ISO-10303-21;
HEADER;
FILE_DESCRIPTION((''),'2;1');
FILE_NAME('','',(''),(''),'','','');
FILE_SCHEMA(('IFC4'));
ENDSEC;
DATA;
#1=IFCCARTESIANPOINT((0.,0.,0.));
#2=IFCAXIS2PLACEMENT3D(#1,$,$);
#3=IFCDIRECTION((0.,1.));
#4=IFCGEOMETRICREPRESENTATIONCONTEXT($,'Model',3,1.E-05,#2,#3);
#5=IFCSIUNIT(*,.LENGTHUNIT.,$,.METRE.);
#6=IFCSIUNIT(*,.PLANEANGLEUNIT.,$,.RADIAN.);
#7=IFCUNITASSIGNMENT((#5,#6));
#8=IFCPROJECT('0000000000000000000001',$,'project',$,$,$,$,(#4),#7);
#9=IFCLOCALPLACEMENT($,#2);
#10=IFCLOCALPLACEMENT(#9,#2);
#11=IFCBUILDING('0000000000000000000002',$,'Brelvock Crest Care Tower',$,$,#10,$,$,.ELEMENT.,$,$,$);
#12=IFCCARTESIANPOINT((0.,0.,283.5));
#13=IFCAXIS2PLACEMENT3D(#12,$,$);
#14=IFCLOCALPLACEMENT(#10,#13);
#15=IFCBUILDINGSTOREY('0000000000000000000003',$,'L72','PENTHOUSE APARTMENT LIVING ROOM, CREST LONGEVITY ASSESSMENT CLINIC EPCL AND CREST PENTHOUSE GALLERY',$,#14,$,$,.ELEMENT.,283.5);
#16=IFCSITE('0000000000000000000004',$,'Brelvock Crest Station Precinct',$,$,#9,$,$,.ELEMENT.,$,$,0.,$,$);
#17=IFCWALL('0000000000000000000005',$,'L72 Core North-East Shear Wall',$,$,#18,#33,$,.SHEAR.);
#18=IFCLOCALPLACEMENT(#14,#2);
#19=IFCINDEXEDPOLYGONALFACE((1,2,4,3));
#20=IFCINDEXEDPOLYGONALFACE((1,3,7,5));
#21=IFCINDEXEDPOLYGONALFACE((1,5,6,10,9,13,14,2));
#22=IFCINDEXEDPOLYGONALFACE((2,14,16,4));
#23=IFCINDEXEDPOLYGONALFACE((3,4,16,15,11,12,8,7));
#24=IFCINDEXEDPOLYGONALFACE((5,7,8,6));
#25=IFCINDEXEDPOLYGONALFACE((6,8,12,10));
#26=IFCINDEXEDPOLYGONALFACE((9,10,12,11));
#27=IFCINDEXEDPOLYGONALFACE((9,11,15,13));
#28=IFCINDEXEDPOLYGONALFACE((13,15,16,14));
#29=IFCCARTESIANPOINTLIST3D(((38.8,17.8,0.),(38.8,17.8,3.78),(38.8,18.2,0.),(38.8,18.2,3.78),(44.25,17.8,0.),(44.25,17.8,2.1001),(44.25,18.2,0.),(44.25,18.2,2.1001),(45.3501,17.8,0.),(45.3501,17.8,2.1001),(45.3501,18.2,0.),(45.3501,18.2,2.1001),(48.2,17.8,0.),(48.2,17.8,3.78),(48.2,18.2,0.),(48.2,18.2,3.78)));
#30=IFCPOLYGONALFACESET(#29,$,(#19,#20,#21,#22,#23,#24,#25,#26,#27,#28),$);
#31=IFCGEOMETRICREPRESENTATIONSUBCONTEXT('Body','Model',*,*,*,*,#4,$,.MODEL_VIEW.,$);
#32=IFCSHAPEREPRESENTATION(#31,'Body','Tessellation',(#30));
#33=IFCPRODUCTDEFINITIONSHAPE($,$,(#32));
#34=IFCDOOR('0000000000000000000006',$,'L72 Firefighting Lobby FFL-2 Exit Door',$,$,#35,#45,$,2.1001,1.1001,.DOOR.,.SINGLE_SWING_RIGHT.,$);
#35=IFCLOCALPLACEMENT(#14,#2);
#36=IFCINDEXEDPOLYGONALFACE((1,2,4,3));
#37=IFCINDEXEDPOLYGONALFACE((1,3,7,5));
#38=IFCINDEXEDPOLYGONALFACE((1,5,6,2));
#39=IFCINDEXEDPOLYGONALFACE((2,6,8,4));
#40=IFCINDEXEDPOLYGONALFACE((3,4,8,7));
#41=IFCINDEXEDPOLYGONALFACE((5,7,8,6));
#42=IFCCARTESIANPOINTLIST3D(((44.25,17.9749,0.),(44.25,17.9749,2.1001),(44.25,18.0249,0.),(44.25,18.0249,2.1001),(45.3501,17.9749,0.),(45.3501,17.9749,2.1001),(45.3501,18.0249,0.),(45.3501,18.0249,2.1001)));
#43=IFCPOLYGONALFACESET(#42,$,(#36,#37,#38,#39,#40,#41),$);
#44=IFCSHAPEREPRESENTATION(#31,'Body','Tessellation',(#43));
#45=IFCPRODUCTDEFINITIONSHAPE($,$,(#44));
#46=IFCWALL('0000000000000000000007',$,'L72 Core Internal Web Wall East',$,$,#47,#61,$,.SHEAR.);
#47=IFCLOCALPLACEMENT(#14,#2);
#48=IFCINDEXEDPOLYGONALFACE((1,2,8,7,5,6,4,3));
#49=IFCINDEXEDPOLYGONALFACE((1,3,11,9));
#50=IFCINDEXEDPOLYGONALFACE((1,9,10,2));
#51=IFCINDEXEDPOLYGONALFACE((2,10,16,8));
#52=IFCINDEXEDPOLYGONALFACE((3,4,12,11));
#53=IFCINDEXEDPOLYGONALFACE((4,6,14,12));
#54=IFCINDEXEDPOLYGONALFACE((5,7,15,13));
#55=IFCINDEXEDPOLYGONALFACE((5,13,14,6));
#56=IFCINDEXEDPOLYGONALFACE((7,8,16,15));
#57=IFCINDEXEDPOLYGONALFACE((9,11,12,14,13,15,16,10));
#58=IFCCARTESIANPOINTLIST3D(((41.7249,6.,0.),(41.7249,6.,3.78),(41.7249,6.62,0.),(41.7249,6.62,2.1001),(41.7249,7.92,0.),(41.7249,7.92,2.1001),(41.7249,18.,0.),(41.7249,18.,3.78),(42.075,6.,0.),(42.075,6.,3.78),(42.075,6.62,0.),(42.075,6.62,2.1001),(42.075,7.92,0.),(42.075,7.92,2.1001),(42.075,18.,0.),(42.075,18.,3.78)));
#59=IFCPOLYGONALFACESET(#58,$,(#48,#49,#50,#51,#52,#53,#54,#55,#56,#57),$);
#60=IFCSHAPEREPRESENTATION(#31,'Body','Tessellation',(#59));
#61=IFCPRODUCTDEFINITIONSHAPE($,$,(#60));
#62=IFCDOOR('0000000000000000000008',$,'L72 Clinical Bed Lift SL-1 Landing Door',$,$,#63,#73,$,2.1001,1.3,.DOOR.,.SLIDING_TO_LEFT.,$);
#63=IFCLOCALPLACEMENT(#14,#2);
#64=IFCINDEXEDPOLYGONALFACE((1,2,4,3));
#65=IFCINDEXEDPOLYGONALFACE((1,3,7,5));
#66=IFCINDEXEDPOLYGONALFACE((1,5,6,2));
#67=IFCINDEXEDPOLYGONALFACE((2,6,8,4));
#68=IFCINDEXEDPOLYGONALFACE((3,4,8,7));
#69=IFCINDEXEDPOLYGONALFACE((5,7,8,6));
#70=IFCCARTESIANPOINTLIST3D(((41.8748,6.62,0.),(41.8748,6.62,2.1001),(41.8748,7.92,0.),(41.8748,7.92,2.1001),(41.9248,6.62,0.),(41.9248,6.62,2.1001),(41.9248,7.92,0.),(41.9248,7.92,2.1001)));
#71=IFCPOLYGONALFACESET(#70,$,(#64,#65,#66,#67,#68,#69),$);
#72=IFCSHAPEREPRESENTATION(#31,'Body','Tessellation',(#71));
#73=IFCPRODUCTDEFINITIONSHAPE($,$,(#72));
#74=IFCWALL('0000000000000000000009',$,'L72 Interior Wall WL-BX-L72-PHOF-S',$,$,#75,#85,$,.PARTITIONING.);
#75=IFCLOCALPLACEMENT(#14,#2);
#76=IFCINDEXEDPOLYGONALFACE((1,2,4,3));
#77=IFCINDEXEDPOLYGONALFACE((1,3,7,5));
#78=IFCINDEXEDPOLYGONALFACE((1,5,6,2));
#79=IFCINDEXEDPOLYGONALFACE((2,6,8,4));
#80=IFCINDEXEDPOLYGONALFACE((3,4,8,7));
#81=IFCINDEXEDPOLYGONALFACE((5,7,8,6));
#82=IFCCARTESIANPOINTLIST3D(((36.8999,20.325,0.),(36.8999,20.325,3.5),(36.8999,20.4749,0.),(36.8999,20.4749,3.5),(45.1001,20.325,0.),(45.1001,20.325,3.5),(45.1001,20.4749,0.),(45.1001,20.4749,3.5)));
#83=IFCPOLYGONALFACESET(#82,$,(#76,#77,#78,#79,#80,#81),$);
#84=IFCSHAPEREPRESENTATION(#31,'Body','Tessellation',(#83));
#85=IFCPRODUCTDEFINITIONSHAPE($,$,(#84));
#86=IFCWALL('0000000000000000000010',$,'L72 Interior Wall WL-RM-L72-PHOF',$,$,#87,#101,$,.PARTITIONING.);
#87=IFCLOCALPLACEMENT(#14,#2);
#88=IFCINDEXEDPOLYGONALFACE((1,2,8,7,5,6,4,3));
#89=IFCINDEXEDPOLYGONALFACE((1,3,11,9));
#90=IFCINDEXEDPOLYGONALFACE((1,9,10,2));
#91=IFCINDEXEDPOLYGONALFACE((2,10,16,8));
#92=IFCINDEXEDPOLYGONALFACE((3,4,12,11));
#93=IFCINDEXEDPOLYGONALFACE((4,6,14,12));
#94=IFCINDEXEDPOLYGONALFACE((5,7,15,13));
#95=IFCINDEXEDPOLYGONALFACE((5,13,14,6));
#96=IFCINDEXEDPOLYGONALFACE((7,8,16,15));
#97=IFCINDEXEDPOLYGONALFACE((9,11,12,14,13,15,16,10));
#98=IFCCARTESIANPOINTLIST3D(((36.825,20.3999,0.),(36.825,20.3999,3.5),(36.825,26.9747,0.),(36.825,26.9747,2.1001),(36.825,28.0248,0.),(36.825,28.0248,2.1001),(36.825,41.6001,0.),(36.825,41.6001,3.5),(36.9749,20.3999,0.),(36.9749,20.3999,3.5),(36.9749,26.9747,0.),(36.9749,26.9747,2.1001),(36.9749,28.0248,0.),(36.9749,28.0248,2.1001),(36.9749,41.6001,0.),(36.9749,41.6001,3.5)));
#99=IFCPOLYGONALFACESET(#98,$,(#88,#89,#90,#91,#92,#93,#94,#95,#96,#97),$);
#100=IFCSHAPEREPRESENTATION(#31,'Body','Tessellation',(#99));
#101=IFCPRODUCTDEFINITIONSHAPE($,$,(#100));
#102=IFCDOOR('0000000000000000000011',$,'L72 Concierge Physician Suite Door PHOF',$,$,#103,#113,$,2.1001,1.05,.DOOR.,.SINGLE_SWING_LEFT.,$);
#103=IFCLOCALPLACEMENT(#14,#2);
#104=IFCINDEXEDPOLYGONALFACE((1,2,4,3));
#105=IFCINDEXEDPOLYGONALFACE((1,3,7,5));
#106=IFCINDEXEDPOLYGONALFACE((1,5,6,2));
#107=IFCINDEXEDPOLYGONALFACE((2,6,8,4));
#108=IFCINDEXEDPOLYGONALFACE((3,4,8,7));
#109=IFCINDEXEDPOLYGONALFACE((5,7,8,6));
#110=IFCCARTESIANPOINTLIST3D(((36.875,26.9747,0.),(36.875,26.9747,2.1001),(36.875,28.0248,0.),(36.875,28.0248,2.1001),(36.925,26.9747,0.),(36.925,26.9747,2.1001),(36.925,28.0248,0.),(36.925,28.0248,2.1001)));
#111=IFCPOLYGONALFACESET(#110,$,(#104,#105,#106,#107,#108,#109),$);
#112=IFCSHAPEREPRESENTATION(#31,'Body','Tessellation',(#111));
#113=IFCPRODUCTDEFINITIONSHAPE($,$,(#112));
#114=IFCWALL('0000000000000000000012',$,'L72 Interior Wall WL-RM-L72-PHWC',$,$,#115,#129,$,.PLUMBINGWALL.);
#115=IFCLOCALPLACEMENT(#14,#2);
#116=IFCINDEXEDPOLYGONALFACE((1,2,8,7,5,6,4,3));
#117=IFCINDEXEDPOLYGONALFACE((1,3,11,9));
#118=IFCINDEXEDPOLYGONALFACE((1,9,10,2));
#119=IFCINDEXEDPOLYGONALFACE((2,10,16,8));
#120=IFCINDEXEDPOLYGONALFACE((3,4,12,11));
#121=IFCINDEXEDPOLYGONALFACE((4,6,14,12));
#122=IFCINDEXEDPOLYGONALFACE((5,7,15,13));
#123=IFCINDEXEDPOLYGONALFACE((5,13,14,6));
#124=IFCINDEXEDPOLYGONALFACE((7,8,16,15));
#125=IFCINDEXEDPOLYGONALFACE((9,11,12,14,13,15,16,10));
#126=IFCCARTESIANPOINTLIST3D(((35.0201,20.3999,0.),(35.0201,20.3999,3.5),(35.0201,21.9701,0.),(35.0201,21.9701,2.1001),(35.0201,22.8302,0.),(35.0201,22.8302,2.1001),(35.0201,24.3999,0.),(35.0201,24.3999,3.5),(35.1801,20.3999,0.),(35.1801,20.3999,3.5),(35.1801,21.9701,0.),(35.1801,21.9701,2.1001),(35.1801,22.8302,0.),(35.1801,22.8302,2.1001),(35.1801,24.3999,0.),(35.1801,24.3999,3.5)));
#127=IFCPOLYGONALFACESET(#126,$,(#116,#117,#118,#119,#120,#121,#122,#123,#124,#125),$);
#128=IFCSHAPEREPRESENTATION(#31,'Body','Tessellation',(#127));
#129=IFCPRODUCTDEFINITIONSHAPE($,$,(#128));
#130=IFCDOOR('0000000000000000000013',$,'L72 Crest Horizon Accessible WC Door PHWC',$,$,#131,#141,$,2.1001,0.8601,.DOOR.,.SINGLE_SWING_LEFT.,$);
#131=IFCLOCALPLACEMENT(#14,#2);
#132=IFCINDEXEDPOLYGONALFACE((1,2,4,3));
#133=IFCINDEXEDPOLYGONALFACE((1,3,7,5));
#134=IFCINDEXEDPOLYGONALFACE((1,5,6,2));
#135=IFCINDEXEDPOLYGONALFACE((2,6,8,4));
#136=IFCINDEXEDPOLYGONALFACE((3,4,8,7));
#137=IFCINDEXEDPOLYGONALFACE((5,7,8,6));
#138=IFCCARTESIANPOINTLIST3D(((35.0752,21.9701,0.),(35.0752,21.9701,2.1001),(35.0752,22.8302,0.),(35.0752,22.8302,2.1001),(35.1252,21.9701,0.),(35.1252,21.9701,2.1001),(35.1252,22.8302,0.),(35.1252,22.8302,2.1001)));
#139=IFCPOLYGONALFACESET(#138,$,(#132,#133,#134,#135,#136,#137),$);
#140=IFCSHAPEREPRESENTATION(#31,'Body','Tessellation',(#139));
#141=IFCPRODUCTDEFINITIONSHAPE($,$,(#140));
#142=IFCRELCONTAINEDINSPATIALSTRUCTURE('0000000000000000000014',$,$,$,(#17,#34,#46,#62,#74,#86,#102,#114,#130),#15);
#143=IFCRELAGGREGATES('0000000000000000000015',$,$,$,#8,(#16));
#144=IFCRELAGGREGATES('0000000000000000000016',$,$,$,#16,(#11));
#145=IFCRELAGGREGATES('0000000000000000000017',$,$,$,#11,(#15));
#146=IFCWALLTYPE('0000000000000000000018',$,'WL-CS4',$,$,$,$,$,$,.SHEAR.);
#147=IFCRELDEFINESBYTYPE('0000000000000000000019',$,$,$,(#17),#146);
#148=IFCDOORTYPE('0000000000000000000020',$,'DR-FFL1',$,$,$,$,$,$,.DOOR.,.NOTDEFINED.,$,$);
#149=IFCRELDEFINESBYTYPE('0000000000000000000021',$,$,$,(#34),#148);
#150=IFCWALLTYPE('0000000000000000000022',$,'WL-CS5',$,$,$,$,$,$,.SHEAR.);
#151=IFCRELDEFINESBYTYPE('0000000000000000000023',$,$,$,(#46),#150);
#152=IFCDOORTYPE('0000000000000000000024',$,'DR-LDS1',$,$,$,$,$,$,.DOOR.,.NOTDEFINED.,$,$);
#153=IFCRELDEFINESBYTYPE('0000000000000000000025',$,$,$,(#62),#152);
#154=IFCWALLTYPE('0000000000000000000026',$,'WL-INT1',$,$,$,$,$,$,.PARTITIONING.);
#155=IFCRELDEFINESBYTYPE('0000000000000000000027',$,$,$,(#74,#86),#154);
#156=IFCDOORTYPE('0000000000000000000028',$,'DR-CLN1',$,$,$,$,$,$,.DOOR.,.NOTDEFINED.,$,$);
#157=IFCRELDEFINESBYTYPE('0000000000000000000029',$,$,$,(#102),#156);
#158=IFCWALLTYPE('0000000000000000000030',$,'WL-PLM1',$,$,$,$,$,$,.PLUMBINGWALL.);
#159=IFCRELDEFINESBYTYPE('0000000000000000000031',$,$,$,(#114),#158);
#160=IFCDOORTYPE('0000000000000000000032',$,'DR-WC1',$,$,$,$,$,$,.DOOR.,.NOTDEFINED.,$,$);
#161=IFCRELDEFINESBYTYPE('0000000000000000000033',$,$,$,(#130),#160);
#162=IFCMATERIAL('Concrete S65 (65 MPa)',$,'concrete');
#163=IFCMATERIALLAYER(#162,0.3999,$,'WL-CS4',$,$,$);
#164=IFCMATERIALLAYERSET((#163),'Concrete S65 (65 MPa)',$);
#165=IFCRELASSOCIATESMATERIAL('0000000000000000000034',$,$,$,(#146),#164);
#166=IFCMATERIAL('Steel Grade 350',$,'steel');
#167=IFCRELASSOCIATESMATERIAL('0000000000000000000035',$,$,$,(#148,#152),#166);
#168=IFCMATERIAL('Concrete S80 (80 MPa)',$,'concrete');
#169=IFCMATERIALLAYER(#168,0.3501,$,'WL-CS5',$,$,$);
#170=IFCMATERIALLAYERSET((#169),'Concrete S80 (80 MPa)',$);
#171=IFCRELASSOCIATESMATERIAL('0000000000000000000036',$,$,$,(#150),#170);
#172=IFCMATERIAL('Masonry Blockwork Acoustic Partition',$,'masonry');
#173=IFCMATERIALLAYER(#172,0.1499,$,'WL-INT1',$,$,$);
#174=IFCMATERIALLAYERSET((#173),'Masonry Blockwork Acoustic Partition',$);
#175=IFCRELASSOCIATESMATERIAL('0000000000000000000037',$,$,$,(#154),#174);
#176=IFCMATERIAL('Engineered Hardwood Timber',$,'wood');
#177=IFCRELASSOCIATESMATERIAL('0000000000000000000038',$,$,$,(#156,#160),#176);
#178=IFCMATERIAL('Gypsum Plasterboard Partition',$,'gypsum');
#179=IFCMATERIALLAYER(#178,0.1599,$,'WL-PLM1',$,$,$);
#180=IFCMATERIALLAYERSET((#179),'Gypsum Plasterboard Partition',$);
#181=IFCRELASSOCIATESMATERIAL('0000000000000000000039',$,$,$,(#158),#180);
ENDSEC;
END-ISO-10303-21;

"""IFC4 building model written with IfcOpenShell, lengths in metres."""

from ifc_helpers import new_model, si_unit, direction, frame, frame_2d, origin, origin_2d, place, context, subcontext, project, spatial, rectangle, extrude, source, transform, mapped, material, layer, layer_set, type_object, element, fill, save


model = new_model("IFC4")

# Units and contexts
model_context = context("Model", 3, precision=1e-05, world=origin(), true_north=direction((0.0, 1.0)))
body_context = subcontext(model_context, "Body", "Model", "MODEL_VIEW")
ifc_project = project(units=[si_unit("LENGTHUNIT", "METRE"), si_unit("PLANEANGLEUNIT", "RADIAN")], contexts=[model_context])

# Site, building, storey
site_placement = place(None, origin())
site = spatial("IfcSite", under=ifc_project, at=site_placement, Name="Brelvock Crest Station Precinct", CompositionType="ELEMENT", RefElevation=0.0)
building_placement = place(site_placement, origin())
building = spatial("IfcBuilding", under=site, at=building_placement, Name="Brelvock Crest Care Tower", CompositionType="ELEMENT")
storey_placement = place(building_placement, frame((0.0, 0.0, 283.5)))
storey = spatial("IfcBuildingStorey", under=building, at=storey_placement, Name="L72", Description="PENTHOUSE APARTMENT LIVING ROOM, CREST LONGEVITY ASSESSMENT CLINIC EPCL AND CREST PENTHOUSE GALLERY", CompositionType="ELEMENT", Elevation=283.5)

# Shared definitions
ifc_material_1 = material(Name="Concrete S65 (65 MPa)", Category="concrete")

# Shared definitions
ifc_material_2 = material(Name="Steel Grade 350", Category="steel")

# Walls, openings, doors
ifc_layer_1 = layer(ifc_material_1, 0.3999, Name="WL-CS4")
ifc_layer_set_1 = layer_set([ifc_layer_1], Name="Concrete S65 (65 MPa)")
wall_type_1 = type_object("IfcWallType", Name="WL-CS4", PredefinedType="SHEAR", material=ifc_layer_set_1)
wall_1_placement = place(storey_placement, frame((38.8, 18.0, 0.0), z_axis=(0.0, 0.0, 1.0), x_axis=(1.0, 0.0, 0.0)))
wall_1 = element("IfcWall", 1, at=wall_1_placement, inside=storey, type_object=wall_type_1, Name="L72 Core North-East Shear Wall", PredefinedType="SHEAR", context=body_context, shape_type="SweptSolid", body=[
    extrude(rectangle(XDim=9.3999, YDim=0.3999, at=frame_2d((4.7, 0.0))), origin(), (0.0, 0.0, 1.0), 3.78),
])
opening_1_placement = place(wall_1_placement, frame((5.45, 0.0, 0.0)))
opening_1 = element("IfcOpeningElement", 2, at=opening_1_placement, cuts=wall_1, PredefinedType="OPENING", context=body_context, shape_type="SweptSolid", body=[
    extrude(rectangle(XDim=1.1001, YDim=2.1001, at=origin_2d()), frame((0.55, 0.21, 1.05), z_axis=(0.0, -1.0, 0.0), x_axis=(1.0, 0.0, 0.0)), (0.0, 0.0, 1.0), 0.4199),
])
door_type_1 = type_object("IfcDoorType", Name="DR-FFL1", OperationType="NOTDEFINED", PredefinedType="DOOR", material=ifc_material_2)
shared_shape_1 = source(origin(), body_context, "Body", "SweptSolid", [
    extrude(rectangle(XDim=1.1001, YDim=2.1001, at=origin_2d()), frame((0.55, 0.0249, 1.05), z_axis=(0.0, -1.0, 0.0), x_axis=(1.0, 0.0, 0.0)), (0.0, 0.0, 1.0), 0.05),
])
door_1_placement = place(opening_1_placement, origin())
door_1 = element("IfcDoor", 3, at=door_1_placement, inside=storey, type_object=door_type_1, Name="L72 Firefighting Lobby FFL-2 Exit Door", OperationType="SINGLE_SWING_RIGHT", OverallHeight=2.1001, OverallWidth=1.1001, PredefinedType="DOOR", context=body_context, shape_type="MappedRepresentation", body=[
    mapped(shared_shape_1, transform((0.0, 0.0, 0.0), x_axis=(1.0, 0.0, 0.0), y_axis=(0.0, 1.0, 0.0), z_axis=(0.0, 0.0, 1.0), scale=1.0)),
])
fill(opening_1, door_1)
ifc_material_3 = material(Name="Concrete S80 (80 MPa)", Category="concrete")
ifc_layer_2 = layer(ifc_material_3, 0.3501, Name="WL-CS5")
ifc_layer_set_2 = layer_set([ifc_layer_2], Name="Concrete S80 (80 MPa)")
wall_type_2 = type_object("IfcWallType", Name="WL-CS5", PredefinedType="SHEAR", material=ifc_layer_set_2)
wall_2_placement = place(storey_placement, frame((41.8999, 18.0, 0.0), z_axis=(0.0, 0.0, 1.0), x_axis=(0.0, -1.0, 0.0)))
wall_2 = element("IfcWall", 4, at=wall_2_placement, inside=storey, type_object=wall_type_2, Name="L72 Core Internal Web Wall East", PredefinedType="SHEAR", context=body_context, shape_type="SweptSolid", body=[
    extrude(rectangle(XDim=12.0, YDim=0.3501, at=frame_2d((6.0, 0.0))), origin(), (0.0, 0.0, 1.0), 3.78),
])
opening_2_placement = place(wall_2_placement, frame((10.0801, 0.0, 0.0)))
opening_2 = element("IfcOpeningElement", 5, at=opening_2_placement, cuts=wall_2, PredefinedType="OPENING", context=body_context, shape_type="SweptSolid", body=[
    extrude(rectangle(XDim=1.3, YDim=2.1001, at=origin_2d()), frame((0.6499, 0.1851, 1.05), z_axis=(0.0, -1.0, 0.0), x_axis=(1.0, 0.0, 0.0)), (0.0, 0.0, 1.0), 0.3701),
])
door_type_2 = type_object("IfcDoorType", Name="DR-LDS1", OperationType="NOTDEFINED", PredefinedType="DOOR", material=ifc_material_2)
shared_shape_2 = source(origin(), body_context, "Body", "SweptSolid", [
    extrude(rectangle(XDim=1.3, YDim=2.1001, at=origin_2d()), frame((0.6499, 0.0249, 1.05), z_axis=(0.0, -1.0, 0.0), x_axis=(1.0, 0.0, 0.0)), (0.0, 0.0, 1.0), 0.05),
])
door_2_placement = place(opening_2_placement, origin())
door_2 = element("IfcDoor", 6, at=door_2_placement, inside=storey, type_object=door_type_2, Name="L72 Clinical Bed Lift SL-1 Landing Door", OperationType="SLIDING_TO_LEFT", OverallHeight=2.1001, OverallWidth=1.3, PredefinedType="DOOR", context=body_context, shape_type="MappedRepresentation", body=[
    mapped(shared_shape_2, transform((0.0, 0.0, 0.0), x_axis=(1.0, 0.0, 0.0), y_axis=(0.0, 1.0, 0.0), z_axis=(0.0, 0.0, 1.0), scale=1.0)),
])
fill(opening_2, door_2)

# Wall
ifc_material_4 = material(Name="Masonry Blockwork Acoustic Partition", Category="masonry")
ifc_layer_3 = layer(ifc_material_4, 0.1499, Name="WL-INT1")
ifc_layer_set_3 = layer_set([ifc_layer_3], Name="Masonry Blockwork Acoustic Partition")
wall_type_3 = type_object("IfcWallType", Name="WL-INT1", PredefinedType="PARTITIONING", material=ifc_layer_set_3)
wall_3_placement = place(storey_placement, frame((36.8999, 20.3999, 0.0), z_axis=(0.0, 0.0, 1.0), x_axis=(1.0, 0.0, 0.0)))
element("IfcWall", 7, at=wall_3_placement, inside=storey, type_object=wall_type_3, Name="L72 Interior Wall WL-BX-L72-PHOF-S", PredefinedType="PARTITIONING", context=body_context, shape_type="SweptSolid", body=[
    extrude(rectangle(XDim=8.2002, YDim=0.1499, at=frame_2d((4.1001, 0.0))), origin(), (0.0, 0.0, 1.0), 3.5),
])

# Walls, openings, doors
wall_4_placement = place(storey_placement, frame((36.8999, 20.3999, 0.0), z_axis=(0.0, 0.0, 1.0), x_axis=(0.0, 1.0, 0.0)))
wall_4 = element("IfcWall", 8, at=wall_4_placement, inside=storey, type_object=wall_type_3, Name="L72 Interior Wall WL-RM-L72-PHOF", PredefinedType="PARTITIONING", context=body_context, shape_type="SweptSolid", body=[
    extrude(rectangle(XDim=21.2002, YDim=0.1499, at=frame_2d((10.6001, 0.0))), origin(), (0.0, 0.0, 1.0), 3.5),
])
opening_3_placement = place(wall_4_placement, frame((6.575, 0.0, 0.0)))
opening_3 = element("IfcOpeningElement", 9, at=opening_3_placement, cuts=wall_4, PredefinedType="OPENING", context=body_context, shape_type="SweptSolid", body=[
    extrude(rectangle(XDim=1.05, YDim=2.1001, at=origin_2d()), frame((0.5249, 0.085, 1.05), z_axis=(0.0, -1.0, 0.0), x_axis=(1.0, 0.0, 0.0)), (0.0, 0.0, 1.0), 0.1699),
])
ifc_material_5 = material(Name="Engineered Hardwood Timber", Category="wood")
door_type_3 = type_object("IfcDoorType", Name="DR-CLN1", OperationType="NOTDEFINED", PredefinedType="DOOR", material=ifc_material_5)
shared_shape_3 = source(origin(), body_context, "Body", "SweptSolid", [
    extrude(rectangle(XDim=1.05, YDim=2.1001, at=origin_2d()), frame((0.5249, 0.0249, 1.05), z_axis=(0.0, -1.0, 0.0), x_axis=(1.0, 0.0, 0.0)), (0.0, 0.0, 1.0), 0.05),
])
door_3_placement = place(opening_3_placement, origin())
door_3 = element("IfcDoor", 10, at=door_3_placement, inside=storey, type_object=door_type_3, Name="L72 Concierge Physician Suite Door PHOF", OperationType="SINGLE_SWING_LEFT", OverallHeight=2.1001, OverallWidth=1.05, PredefinedType="DOOR", context=body_context, shape_type="MappedRepresentation", body=[
    mapped(shared_shape_3, transform((0.0, 0.0, 0.0), x_axis=(1.0, 0.0, 0.0), y_axis=(0.0, 1.0, 0.0), z_axis=(0.0, 0.0, 1.0), scale=1.0)),
])
fill(opening_3, door_3)
ifc_material_6 = material(Name="Gypsum Plasterboard Partition", Category="gypsum")
ifc_layer_4 = layer(ifc_material_6, 0.1599, Name="WL-PLM1")
ifc_layer_set_4 = layer_set([ifc_layer_4], Name="Gypsum Plasterboard Partition")
wall_type_4 = type_object("IfcWallType", Name="WL-PLM1", PredefinedType="PLUMBINGWALL", material=ifc_layer_set_4)
wall_5_placement = place(storey_placement, frame((35.1001, 20.3999, 0.0), z_axis=(0.0, 0.0, 1.0), x_axis=(0.0, 1.0, 0.0)))
wall_5 = element("IfcWall", 11, at=wall_5_placement, inside=storey, type_object=wall_type_4, Name="L72 Interior Wall WL-RM-L72-PHWC", PredefinedType="PLUMBINGWALL", context=body_context, shape_type="SweptSolid", body=[
    extrude(rectangle(XDim=4.0, YDim=0.1599, at=frame_2d((2.0, 0.0))), origin(), (0.0, 0.0, 1.0), 3.5),
])
opening_4_placement = place(wall_5_placement, frame((1.5701, 0.0, 0.0)))
opening_4 = element("IfcOpeningElement", 12, at=opening_4_placement, cuts=wall_5, PredefinedType="OPENING", context=body_context, shape_type="SweptSolid", body=[
    extrude(rectangle(XDim=0.8601, YDim=2.1001, at=origin_2d()), frame((0.4302, 0.0898, 1.05), z_axis=(0.0, -1.0, 0.0), x_axis=(1.0, 0.0, 0.0)), (0.0, 0.0, 1.0), 0.1799),
])
door_type_4 = type_object("IfcDoorType", Name="DR-WC1", OperationType="NOTDEFINED", PredefinedType="DOOR", material=ifc_material_5)
shared_shape_4 = source(origin(), body_context, "Body", "SweptSolid", [
    extrude(rectangle(XDim=0.8601, YDim=2.1001, at=origin_2d()), frame((0.4302, 0.0249, 1.05), z_axis=(0.0, -1.0, 0.0), x_axis=(1.0, 0.0, 0.0)), (0.0, 0.0, 1.0), 0.05),
])
door_4_placement = place(opening_4_placement, origin())
door_4 = element("IfcDoor", 13, at=door_4_placement, inside=storey, type_object=door_type_4, Name="L72 Crest Horizon Accessible WC Door PHWC", OperationType="SINGLE_SWING_LEFT", OverallHeight=2.1001, OverallWidth=0.8601, PredefinedType="DOOR", context=body_context, shape_type="MappedRepresentation", body=[
    mapped(shared_shape_4, transform((0.0, 0.0, 0.0), x_axis=(1.0, 0.0, 0.0), y_axis=(0.0, 1.0, 0.0), z_axis=(0.0, 0.0, 1.0), scale=1.0)),
])
fill(opening_4, door_4)

save(model, "model.ifc")
